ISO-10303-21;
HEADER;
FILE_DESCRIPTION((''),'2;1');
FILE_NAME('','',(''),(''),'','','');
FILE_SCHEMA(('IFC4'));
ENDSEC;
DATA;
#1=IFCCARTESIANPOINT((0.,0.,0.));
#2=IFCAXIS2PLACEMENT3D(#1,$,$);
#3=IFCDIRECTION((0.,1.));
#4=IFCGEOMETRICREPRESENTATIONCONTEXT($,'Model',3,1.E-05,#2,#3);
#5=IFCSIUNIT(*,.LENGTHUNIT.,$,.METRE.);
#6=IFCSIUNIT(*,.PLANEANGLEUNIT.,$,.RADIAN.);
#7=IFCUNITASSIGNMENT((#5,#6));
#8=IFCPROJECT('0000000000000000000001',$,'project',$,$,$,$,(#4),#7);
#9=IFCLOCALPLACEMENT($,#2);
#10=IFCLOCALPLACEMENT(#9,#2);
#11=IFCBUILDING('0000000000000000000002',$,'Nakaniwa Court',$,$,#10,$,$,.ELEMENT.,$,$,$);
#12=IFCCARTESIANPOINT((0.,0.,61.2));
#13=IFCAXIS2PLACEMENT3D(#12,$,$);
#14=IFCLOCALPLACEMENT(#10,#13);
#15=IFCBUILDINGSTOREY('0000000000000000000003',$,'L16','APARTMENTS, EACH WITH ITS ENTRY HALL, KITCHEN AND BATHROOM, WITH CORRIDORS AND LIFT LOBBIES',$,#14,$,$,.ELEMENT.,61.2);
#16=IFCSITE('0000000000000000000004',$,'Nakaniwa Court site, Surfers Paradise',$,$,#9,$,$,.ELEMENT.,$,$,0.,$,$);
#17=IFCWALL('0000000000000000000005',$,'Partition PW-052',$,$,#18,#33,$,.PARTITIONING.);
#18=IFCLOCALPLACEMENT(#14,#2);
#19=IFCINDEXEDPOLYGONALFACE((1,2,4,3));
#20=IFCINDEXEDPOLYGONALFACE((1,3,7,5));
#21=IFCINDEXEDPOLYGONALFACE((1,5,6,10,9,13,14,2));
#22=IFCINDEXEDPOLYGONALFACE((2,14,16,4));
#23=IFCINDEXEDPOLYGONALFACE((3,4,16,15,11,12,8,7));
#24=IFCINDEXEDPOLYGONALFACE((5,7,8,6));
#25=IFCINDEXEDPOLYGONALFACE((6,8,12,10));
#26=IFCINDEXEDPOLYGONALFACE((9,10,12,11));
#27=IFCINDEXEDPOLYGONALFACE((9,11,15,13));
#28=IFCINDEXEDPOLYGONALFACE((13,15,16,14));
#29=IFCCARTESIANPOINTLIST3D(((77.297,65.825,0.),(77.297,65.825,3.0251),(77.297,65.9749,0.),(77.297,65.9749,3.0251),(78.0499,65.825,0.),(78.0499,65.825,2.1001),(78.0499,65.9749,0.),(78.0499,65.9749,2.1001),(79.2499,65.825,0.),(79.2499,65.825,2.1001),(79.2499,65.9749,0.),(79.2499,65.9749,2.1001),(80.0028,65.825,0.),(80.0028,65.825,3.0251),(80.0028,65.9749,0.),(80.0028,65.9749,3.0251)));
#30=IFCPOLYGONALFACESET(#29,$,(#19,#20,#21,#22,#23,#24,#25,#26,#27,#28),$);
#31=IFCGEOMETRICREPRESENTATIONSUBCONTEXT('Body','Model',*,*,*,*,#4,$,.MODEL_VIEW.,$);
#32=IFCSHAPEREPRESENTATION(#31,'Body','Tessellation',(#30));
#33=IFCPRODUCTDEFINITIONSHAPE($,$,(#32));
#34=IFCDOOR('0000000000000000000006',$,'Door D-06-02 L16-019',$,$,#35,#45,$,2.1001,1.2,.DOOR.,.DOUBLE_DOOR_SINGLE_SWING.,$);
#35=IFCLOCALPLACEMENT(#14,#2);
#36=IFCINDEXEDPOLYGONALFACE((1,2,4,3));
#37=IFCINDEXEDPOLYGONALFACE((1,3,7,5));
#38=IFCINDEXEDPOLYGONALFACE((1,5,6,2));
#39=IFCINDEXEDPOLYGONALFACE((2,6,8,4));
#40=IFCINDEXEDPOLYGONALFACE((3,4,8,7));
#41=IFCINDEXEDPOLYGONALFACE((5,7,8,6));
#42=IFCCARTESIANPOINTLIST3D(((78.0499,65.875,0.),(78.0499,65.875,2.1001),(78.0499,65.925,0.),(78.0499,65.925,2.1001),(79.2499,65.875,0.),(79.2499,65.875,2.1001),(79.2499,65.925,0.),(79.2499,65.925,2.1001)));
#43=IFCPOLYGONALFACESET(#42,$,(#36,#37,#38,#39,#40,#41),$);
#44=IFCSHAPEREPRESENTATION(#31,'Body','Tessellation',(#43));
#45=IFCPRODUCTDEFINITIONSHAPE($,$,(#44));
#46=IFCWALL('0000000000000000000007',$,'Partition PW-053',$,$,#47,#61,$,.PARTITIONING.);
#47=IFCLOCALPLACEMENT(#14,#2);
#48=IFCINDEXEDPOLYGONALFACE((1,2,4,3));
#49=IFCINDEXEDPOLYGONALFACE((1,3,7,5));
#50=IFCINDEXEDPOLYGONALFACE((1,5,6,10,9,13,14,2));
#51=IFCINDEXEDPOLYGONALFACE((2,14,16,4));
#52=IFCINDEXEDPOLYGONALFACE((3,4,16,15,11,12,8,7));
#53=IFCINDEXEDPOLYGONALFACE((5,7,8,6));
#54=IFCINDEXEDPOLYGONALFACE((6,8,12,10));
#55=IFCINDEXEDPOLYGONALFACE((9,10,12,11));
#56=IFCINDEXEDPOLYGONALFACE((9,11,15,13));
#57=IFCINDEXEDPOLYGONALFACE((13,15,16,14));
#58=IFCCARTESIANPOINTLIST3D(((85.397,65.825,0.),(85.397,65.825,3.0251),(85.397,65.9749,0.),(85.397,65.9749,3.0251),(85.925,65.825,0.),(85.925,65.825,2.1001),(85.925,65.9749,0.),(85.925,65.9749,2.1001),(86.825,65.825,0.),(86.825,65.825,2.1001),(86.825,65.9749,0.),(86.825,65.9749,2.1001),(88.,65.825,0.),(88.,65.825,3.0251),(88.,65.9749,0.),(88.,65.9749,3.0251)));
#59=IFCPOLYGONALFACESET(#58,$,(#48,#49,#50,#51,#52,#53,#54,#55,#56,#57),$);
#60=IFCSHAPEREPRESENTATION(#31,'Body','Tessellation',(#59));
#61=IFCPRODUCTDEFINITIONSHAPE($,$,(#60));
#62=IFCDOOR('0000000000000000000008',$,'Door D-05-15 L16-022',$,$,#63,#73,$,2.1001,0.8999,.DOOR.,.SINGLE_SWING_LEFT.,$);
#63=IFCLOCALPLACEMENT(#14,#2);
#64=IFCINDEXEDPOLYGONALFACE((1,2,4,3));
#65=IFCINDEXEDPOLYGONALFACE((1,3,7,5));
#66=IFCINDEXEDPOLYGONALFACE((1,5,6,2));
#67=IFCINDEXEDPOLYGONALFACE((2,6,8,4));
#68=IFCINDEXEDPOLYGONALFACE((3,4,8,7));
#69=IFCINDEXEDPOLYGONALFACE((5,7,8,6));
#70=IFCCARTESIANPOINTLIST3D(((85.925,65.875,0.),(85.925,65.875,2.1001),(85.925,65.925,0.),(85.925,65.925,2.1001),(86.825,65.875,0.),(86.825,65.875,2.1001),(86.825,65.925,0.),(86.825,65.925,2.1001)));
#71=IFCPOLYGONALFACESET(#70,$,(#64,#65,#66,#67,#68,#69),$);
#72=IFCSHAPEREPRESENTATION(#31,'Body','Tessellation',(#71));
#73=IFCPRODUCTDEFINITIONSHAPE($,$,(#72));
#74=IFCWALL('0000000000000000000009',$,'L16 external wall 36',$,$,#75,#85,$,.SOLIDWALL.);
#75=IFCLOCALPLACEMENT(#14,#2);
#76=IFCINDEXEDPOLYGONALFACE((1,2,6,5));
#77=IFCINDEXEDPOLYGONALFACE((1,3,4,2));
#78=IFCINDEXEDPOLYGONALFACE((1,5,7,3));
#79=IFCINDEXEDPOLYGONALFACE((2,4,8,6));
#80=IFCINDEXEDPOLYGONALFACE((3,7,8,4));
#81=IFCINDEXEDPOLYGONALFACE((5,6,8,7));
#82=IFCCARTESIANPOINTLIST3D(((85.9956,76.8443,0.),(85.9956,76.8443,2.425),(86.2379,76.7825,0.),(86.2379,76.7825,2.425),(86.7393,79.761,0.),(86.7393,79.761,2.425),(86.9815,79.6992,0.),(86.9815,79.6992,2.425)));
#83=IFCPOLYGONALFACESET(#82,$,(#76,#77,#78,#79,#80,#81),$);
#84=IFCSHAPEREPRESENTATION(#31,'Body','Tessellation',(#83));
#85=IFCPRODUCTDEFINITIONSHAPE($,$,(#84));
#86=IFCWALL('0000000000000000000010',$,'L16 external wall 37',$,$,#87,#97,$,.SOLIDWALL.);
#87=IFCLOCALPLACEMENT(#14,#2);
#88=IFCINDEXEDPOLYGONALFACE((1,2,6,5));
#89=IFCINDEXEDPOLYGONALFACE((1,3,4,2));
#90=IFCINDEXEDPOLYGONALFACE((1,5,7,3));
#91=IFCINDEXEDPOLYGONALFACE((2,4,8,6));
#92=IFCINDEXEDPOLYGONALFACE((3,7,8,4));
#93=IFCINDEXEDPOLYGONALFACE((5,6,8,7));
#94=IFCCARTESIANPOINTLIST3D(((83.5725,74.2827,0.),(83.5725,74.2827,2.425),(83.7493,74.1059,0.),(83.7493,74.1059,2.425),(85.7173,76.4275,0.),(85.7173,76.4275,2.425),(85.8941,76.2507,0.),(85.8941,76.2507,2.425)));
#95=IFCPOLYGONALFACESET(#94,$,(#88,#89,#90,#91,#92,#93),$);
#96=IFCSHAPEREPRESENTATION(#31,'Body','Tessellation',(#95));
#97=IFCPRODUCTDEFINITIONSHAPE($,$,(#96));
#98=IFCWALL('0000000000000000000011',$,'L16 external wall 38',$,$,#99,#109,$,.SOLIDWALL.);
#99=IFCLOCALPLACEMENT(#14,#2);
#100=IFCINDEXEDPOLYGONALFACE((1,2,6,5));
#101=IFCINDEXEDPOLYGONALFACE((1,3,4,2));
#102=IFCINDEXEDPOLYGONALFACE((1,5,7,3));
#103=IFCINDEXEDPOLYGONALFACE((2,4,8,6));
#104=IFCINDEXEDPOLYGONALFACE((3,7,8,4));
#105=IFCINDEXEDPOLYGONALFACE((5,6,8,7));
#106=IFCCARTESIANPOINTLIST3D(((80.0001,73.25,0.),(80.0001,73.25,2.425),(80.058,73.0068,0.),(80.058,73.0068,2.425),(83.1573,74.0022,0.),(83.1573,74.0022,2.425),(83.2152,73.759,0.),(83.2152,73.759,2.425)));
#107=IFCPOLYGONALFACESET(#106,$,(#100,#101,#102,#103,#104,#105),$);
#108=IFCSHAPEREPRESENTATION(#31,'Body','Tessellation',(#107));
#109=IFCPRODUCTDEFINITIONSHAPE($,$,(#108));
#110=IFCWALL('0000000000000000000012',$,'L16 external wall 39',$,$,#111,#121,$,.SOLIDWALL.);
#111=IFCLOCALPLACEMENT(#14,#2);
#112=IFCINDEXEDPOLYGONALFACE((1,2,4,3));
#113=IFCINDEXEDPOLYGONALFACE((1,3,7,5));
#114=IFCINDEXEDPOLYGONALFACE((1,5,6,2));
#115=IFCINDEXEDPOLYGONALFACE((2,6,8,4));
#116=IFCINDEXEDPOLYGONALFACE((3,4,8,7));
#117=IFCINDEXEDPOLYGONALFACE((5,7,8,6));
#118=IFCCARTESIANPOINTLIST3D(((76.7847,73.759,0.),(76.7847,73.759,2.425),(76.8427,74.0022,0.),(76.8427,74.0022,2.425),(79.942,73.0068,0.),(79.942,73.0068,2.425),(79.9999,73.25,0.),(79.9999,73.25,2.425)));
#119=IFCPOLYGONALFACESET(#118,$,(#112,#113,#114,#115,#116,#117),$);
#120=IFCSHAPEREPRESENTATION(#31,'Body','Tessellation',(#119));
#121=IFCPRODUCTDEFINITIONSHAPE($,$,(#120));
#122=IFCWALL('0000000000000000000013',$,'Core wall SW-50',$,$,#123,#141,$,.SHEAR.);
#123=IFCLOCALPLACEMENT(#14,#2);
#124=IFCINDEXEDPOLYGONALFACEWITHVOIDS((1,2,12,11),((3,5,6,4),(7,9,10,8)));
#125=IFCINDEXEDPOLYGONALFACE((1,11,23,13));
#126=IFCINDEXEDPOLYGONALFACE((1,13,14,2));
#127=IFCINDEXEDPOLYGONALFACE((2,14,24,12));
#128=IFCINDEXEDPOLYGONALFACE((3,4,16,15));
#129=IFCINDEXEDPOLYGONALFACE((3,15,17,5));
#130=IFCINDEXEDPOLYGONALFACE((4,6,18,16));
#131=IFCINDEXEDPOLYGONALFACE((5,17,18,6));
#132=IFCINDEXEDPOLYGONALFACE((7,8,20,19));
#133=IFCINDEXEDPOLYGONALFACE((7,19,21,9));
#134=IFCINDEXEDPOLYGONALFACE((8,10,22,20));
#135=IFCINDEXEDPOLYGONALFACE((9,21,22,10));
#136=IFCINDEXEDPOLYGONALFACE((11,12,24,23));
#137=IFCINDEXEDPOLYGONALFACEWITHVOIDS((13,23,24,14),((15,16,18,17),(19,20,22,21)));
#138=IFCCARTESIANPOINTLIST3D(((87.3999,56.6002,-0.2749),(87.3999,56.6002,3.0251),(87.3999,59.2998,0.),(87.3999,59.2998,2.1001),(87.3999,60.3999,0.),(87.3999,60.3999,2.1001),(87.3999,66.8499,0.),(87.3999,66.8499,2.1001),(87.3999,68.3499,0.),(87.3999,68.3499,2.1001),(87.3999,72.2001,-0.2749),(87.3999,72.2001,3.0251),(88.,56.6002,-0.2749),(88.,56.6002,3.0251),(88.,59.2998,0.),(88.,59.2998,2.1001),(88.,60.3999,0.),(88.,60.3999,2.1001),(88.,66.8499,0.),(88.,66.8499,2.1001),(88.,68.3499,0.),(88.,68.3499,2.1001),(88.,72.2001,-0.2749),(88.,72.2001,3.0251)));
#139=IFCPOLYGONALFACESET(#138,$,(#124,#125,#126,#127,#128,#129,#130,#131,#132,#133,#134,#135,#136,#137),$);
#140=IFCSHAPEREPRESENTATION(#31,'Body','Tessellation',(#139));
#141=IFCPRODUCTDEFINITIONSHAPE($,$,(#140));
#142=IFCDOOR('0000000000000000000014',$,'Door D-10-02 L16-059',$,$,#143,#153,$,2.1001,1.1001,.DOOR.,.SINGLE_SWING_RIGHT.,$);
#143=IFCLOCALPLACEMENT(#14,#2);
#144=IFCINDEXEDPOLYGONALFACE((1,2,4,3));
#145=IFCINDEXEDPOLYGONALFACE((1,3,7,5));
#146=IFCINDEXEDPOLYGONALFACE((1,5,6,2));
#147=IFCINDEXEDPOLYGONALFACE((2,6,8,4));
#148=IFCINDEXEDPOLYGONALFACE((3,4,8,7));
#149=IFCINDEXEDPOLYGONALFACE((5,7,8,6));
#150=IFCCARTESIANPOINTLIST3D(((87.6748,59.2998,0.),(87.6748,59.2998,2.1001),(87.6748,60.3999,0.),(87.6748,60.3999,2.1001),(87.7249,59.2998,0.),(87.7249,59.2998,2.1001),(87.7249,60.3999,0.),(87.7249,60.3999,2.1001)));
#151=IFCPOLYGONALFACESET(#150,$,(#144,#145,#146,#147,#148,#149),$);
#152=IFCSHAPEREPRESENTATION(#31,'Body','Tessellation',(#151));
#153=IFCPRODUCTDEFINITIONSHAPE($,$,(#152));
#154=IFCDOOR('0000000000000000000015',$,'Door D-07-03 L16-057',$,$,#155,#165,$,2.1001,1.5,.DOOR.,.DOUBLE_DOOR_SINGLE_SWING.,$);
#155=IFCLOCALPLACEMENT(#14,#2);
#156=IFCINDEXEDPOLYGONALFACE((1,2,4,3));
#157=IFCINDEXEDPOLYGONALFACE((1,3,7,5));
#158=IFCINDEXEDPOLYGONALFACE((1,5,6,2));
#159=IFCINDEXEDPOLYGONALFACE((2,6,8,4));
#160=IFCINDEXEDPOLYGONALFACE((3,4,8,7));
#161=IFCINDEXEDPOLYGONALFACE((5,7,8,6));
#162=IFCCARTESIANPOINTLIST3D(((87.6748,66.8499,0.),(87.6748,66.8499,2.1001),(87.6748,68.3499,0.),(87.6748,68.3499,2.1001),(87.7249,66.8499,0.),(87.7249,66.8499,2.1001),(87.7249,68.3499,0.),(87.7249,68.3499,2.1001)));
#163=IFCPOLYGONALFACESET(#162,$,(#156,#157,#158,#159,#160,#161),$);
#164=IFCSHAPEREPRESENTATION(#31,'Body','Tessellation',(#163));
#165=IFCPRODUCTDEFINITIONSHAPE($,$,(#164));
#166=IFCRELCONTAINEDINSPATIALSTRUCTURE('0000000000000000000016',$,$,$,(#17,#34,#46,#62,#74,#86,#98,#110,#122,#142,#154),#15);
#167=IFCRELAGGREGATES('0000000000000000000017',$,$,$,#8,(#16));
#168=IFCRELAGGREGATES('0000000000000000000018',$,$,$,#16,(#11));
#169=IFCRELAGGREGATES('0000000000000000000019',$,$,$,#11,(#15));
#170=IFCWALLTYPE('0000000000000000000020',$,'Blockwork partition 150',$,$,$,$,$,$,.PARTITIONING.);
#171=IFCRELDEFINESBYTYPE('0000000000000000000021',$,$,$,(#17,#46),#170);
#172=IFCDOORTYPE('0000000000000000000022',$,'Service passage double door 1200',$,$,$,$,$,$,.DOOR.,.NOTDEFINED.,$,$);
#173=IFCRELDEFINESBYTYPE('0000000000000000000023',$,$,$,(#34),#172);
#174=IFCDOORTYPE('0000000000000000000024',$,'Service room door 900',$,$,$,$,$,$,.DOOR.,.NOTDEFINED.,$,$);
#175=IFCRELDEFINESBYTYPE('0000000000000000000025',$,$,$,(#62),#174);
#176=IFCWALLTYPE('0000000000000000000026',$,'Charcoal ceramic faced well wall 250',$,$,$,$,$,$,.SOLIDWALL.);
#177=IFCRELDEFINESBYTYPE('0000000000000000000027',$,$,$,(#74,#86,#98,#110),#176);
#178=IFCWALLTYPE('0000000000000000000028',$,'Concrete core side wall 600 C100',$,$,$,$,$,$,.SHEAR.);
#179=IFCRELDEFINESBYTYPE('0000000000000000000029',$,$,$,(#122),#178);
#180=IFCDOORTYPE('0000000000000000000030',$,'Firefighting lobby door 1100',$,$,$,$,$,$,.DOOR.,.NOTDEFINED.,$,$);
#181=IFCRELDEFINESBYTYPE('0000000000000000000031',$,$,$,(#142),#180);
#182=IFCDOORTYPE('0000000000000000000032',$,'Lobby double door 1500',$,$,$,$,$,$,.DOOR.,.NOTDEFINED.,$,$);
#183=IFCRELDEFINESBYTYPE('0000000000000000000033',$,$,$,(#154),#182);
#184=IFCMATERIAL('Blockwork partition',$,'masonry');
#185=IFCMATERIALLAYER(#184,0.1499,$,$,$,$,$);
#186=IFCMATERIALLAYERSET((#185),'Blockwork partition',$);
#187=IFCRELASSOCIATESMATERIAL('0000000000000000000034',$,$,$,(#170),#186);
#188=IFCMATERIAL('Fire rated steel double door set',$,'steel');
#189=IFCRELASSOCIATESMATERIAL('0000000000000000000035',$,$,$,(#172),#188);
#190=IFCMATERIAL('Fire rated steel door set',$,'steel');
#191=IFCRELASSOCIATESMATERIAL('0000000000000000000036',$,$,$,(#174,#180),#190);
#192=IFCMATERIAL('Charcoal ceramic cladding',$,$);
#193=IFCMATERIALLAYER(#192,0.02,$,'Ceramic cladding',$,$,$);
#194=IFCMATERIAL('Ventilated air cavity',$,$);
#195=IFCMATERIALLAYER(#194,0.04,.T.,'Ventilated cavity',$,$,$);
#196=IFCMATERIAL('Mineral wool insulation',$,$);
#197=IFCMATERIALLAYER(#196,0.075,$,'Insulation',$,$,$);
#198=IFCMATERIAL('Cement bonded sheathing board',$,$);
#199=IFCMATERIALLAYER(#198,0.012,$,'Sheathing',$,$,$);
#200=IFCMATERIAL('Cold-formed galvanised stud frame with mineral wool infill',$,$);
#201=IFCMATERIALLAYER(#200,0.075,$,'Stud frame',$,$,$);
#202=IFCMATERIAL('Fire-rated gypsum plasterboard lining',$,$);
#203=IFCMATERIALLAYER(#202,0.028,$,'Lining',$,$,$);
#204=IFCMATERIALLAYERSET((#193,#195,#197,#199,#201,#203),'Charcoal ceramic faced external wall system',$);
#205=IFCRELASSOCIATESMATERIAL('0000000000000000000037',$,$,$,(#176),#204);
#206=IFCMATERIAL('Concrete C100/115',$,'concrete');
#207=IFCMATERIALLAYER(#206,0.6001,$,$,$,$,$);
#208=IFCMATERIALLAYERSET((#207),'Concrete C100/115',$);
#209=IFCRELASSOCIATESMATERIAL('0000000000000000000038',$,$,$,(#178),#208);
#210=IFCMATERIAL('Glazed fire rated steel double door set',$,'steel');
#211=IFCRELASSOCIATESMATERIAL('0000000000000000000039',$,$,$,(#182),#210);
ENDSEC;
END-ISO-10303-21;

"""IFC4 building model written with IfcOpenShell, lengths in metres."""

from ifc_helpers import new_model, si_unit, direction, frame, frame_2d, origin, place, context, subcontext, project, spatial, rectangle, extrude, material, layer, layer_set, type_object, element, fill, save


model = new_model("IFC4")

# Units and contexts
model_context = context("Model", 3, precision=1e-05, world=origin(), true_north=direction((0.0, 1.0)))
body_context = subcontext(model_context, "Body", "Model", "MODEL_VIEW")
ifc_project = project(units=[si_unit("LENGTHUNIT", "METRE"), si_unit("PLANEANGLEUNIT", "RADIAN")], contexts=[model_context])

# Site, building, storey
site_placement = place(None, origin())
site = spatial("IfcSite", under=ifc_project, at=site_placement, Name="Nakaniwa Court site, Surfers Paradise", CompositionType="ELEMENT", RefElevation=0.0)
building_placement = place(site_placement, origin())
building = spatial("IfcBuilding", under=site, at=building_placement, Name="Nakaniwa Court", CompositionType="ELEMENT")
storey_placement = place(building_placement, frame((0.0, 0.0, 61.2)))
storey = spatial("IfcBuildingStorey", under=building, at=storey_placement, Name="L16", Description="APARTMENTS, EACH WITH ITS ENTRY HALL, KITCHEN AND BATHROOM, WITH CORRIDORS AND LIFT LOBBIES", CompositionType="ELEMENT", Elevation=61.2)

# Shared definitions
ifc_material_1 = material(Name="Concrete C100/115", Category="concrete")

# Walls, openings, doors
ifc_material_2 = material(Name="Blockwork partition", Category="masonry")
ifc_layer_1 = layer(ifc_material_2, 0.1499)
ifc_layer_set_1 = layer_set([ifc_layer_1], Name="Blockwork partition")
wall_type_1 = type_object("IfcWallType", Name="Blockwork partition 150", PredefinedType="PARTITIONING", material=ifc_layer_set_1)
wall_1_placement = place(storey_placement, frame((80.0029, 65.8999, 0.0), z_axis=(0.0, 0.0, 1.0), x_axis=(-1.0, 0.0, 0.0)))
wall_1 = element("IfcWall", 1, at=wall_1_placement, inside=storey, type_object=wall_type_1, Name="Partition PW-052", PredefinedType="PARTITIONING", context=body_context, shape_type="SweptSolid", body=[
    extrude(rectangle(XDim=2.7058, YDim=0.1499, at=frame_2d((1.353, 0.0))), origin(), (0.0, 0.0, 1.0), 3.0251),
])
opening_1_placement = place(wall_1_placement, frame((0.7529, 0.0, 0.0)))
opening_1 = element("IfcOpeningElement", 2, at=opening_1_placement, cuts=wall_1, PredefinedType="OPENING", context=body_context, shape_type="SweptSolid", body=[
    extrude(rectangle(XDim=1.2, YDim=2.1001, at=frame_2d((0.6001, 1.05))), frame((0.0, 0.085, 0.0), z_axis=(0.0, -1.0, 0.0), x_axis=(1.0, 0.0, 0.0)), (0.0, 0.0, 1.0), 0.1699),
])
ifc_material_3 = material(Name="Fire rated steel double door set", Category="steel")
door_type_1 = type_object("IfcDoorType", Name="Service passage double door 1200", OperationType="NOTDEFINED", PredefinedType="DOOR", material=ifc_material_3)
door_1_placement = place(opening_1_placement, origin())
door_1 = element("IfcDoor", 3, at=door_1_placement, inside=storey, type_object=door_type_1, Name="Door D-06-02 L16-019", OperationType="DOUBLE_DOOR_SINGLE_SWING", OverallHeight=2.1001, OverallWidth=1.2, PredefinedType="DOOR", context=body_context, shape_type="SweptSolid", body=[
    extrude(rectangle(XDim=1.2, YDim=2.1001, at=frame_2d((0.6001, 1.05))), frame((0.0, 0.0249, 0.0), z_axis=(0.0, -1.0, 0.0), x_axis=(1.0, 0.0, 0.0)), (0.0, 0.0, 1.0), 0.05),
])
fill(opening_1, door_1)
wall_2_placement = place(storey_placement, frame((88.0, 65.8999, 0.0), z_axis=(0.0, 0.0, 1.0), x_axis=(-1.0, 0.0, 0.0)))
wall_2 = element("IfcWall", 4, at=wall_2_placement, inside=storey, type_object=wall_type_1, Name="Partition PW-053", PredefinedType="PARTITIONING", context=body_context, shape_type="SweptSolid", body=[
    extrude(rectangle(XDim=2.603, YDim=0.1499, at=frame_2d((1.3015, 0.0))), origin(), (0.0, 0.0, 1.0), 3.0251),
])
opening_2_placement = place(wall_2_placement, frame((1.175, 0.0, 0.0)))
opening_2 = element("IfcOpeningElement", 5, at=opening_2_placement, cuts=wall_2, PredefinedType="OPENING", context=body_context, shape_type="SweptSolid", body=[
    extrude(rectangle(XDim=0.8999, YDim=2.1001, at=frame_2d((0.45, 1.05))), frame((0.0, 0.085, 0.0), z_axis=(0.0, -1.0, 0.0), x_axis=(1.0, 0.0, 0.0)), (0.0, 0.0, 1.0), 0.1699),
])
ifc_material_4 = material(Name="Fire rated steel door set", Category="steel")
door_type_2 = type_object("IfcDoorType", Name="Service room door 900", OperationType="NOTDEFINED", PredefinedType="DOOR", material=ifc_material_4)
door_2_placement = place(opening_2_placement, origin())
door_2 = element("IfcDoor", 6, at=door_2_placement, inside=storey, type_object=door_type_2, Name="Door D-05-15 L16-022", OperationType="SINGLE_SWING_LEFT", OverallHeight=2.1001, OverallWidth=0.8999, PredefinedType="DOOR", context=body_context, shape_type="SweptSolid", body=[
    extrude(rectangle(XDim=0.8999, YDim=2.1001, at=frame_2d((0.45, 1.05))), frame((0.0, 0.0249, 0.0), z_axis=(0.0, -1.0, 0.0), x_axis=(1.0, 0.0, 0.0)), (0.0, 0.0, 1.0), 0.05),
])
fill(opening_2, door_2)

# Walls
ifc_material_5 = material(Name="Charcoal ceramic cladding")
ifc_layer_2 = layer(ifc_material_5, 0.02, Name="Ceramic cladding")
ifc_material_6 = material(Name="Ventilated air cavity")
ifc_layer_3 = layer(ifc_material_6, 0.04, ventilated=True, Name="Ventilated cavity")
ifc_material_7 = material(Name="Mineral wool insulation")
ifc_layer_4 = layer(ifc_material_7, 0.075, Name="Insulation")
ifc_material_8 = material(Name="Cement bonded sheathing board")
ifc_layer_5 = layer(ifc_material_8, 0.012, Name="Sheathing")
ifc_material_9 = material(Name="Cold-formed galvanised stud frame with mineral wool infill")
ifc_layer_6 = layer(ifc_material_9, 0.075, Name="Stud frame")
ifc_material_10 = material(Name="Fire-rated gypsum plasterboard lining")
ifc_layer_7 = layer(ifc_material_10, 0.028, Name="Lining")
ifc_layer_set_2 = layer_set([ifc_layer_2, ifc_layer_3, ifc_layer_4, ifc_layer_5, ifc_layer_6, ifc_layer_7], Name="Charcoal ceramic faced external wall system")
wall_type_2 = type_object("IfcWallType", Name="Charcoal ceramic faced well wall 250", PredefinedType="SOLIDWALL", material=ifc_layer_set_2)
wall_3_placement = place(storey_placement, frame((86.8604, 79.73, 0.0), z_axis=(0.0, 0.0, 1.0), x_axis=(-0.247056, -0.969001, 0.0)))
element("IfcWall", 7, at=wall_3_placement, inside=storey, type_object=wall_type_2, Name="L16 external wall 36", PredefinedType="SOLIDWALL", context=body_context, shape_type="SweptSolid", body=[
    extrude(rectangle(XDim=3.01, YDim=0.25, at=frame_2d((1.5049, 0.0))), origin(), (0.0, 0.0, 1.0), 2.425),
])
wall_4_placement = place(storey_placement, frame((85.8057, 76.3391, 0.0), z_axis=(0.0, 0.0, 1.0), x_axis=(-0.707107, -0.707107, 0.0)))
element("IfcWall", 8, at=wall_4_placement, inside=storey, type_object=wall_type_2, Name="L16 external wall 37", PredefinedType="SOLIDWALL", context=body_context, shape_type="SweptSolid", body=[
    extrude(rectangle(XDim=3.0332, YDim=0.25, at=frame_2d((1.5166, 0.0))), origin(), (0.0, 0.0, 1.0), 2.425),
])
for number, where, z_axis, x_axis, name in (
    (9, (83.1863, 73.8806, 0.0), (0.0, 0.0, 1.0), (-0.972773, -0.23176, 0.0), "L16 external wall 38"),
    (10, (79.9709, 73.1284, 0.0), (0.0, 0.0, 1.0), (-0.972773, 0.23176, 0.0), "L16 external wall 39"),
):
    element("IfcWall", number, at=place(storey_placement, frame(where, z_axis=z_axis, x_axis=x_axis)), inside=storey, type_object=wall_type_2, Name=name, PredefinedType="SOLIDWALL", context=body_context, shape_type="SweptSolid", body=[
        extrude(rectangle(XDim=3.2456, YDim=0.25, at=frame_2d((1.6228, 0.0))), origin(), (0.0, 0.0, 1.0), 2.425),
    ])

# Wall, openings, doors
ifc_layer_8 = layer(ifc_material_1, 0.6001)
ifc_layer_set_3 = layer_set([ifc_layer_8], Name="Concrete C100/115")
wall_type_3 = type_object("IfcWallType", Name="Concrete core side wall 600 C100", PredefinedType="SHEAR", material=ifc_layer_set_3)
wall_5_placement = place(storey_placement, frame((87.7, 72.2, -0.2749), z_axis=(0.0, 0.0, 1.0), x_axis=(0.0, -1.0, 0.0)))
wall_5 = element("IfcWall", 11, at=wall_5_placement, inside=storey, type_object=wall_type_3, Name="Core wall SW-50", PredefinedType="SHEAR", context=body_context, shape_type="SweptSolid", body=[
    extrude(rectangle(XDim=15.5999, YDim=0.6001, at=frame_2d((7.7998, 0.0))), origin(), (0.0, 0.0, 1.0), 3.3),
])
opening_3_placement = place(wall_5_placement, frame((3.8501, 0.0, 0.2749)))
opening_3 = element("IfcOpeningElement", 12, at=opening_3_placement, cuts=wall_5, PredefinedType="OPENING", context=body_context, shape_type="SweptSolid", body=[
    extrude(rectangle(XDim=1.5, YDim=2.1001, at=frame_2d((0.75, 1.05))), frame((0.0, 0.3101, 0.0), z_axis=(0.0, -1.0, 0.0), x_axis=(1.0, 0.0, 0.0)), (0.0, 0.0, 1.0), 0.6201),
])
opening_4_placement = place(wall_5_placement, frame((11.8, 0.0, 0.2749)))
opening_4 = element("IfcOpeningElement", 13, at=opening_4_placement, cuts=wall_5, PredefinedType="OPENING", context=body_context, shape_type="SweptSolid", body=[
    extrude(rectangle(XDim=1.1001, YDim=2.1001, at=frame_2d((0.55, 1.05))), frame((0.0, 0.3101, 0.0), z_axis=(0.0, -1.0, 0.0), x_axis=(1.0, 0.0, 0.0)), (0.0, 0.0, 1.0), 0.6201),
])
door_type_3 = type_object("IfcDoorType", Name="Firefighting lobby door 1100", OperationType="NOTDEFINED", PredefinedType="DOOR", material=ifc_material_4)
door_3_placement = place(opening_4_placement, origin())
door_3 = element("IfcDoor", 14, at=door_3_placement, inside=storey, type_object=door_type_3, Name="Door D-10-02 L16-059", OperationType="SINGLE_SWING_RIGHT", OverallHeight=2.1001, OverallWidth=1.1001, PredefinedType="DOOR", context=body_context, shape_type="SweptSolid", body=[
    extrude(rectangle(XDim=1.1001, YDim=2.1001, at=frame_2d((0.55, 1.05))), frame((0.0, 0.0249, 0.0), z_axis=(0.0, -1.0, 0.0), x_axis=(1.0, 0.0, 0.0)), (0.0, 0.0, 1.0), 0.05),
])
fill(opening_4, door_3)
ifc_material_11 = material(Name="Glazed fire rated steel double door set", Category="steel")
door_type_4 = type_object("IfcDoorType", Name="Lobby double door 1500", OperationType="NOTDEFINED", PredefinedType="DOOR", material=ifc_material_11)
door_4_placement = place(opening_3_placement, origin())
door_4 = element("IfcDoor", 15, at=door_4_placement, inside=storey, type_object=door_type_4, Name="Door D-07-03 L16-057", OperationType="DOUBLE_DOOR_SINGLE_SWING", OverallHeight=2.1001, OverallWidth=1.5, PredefinedType="DOOR", context=body_context, shape_type="SweptSolid", body=[
    extrude(rectangle(XDim=1.5, YDim=2.1001, at=frame_2d((0.75, 1.05))), frame((0.0, 0.0249, 0.0), z_axis=(0.0, -1.0, 0.0), x_axis=(1.0, 0.0, 0.0)), (0.0, 0.0, 1.0), 0.05),
])
fill(opening_3, door_4)

save(model, "model.ifc")
